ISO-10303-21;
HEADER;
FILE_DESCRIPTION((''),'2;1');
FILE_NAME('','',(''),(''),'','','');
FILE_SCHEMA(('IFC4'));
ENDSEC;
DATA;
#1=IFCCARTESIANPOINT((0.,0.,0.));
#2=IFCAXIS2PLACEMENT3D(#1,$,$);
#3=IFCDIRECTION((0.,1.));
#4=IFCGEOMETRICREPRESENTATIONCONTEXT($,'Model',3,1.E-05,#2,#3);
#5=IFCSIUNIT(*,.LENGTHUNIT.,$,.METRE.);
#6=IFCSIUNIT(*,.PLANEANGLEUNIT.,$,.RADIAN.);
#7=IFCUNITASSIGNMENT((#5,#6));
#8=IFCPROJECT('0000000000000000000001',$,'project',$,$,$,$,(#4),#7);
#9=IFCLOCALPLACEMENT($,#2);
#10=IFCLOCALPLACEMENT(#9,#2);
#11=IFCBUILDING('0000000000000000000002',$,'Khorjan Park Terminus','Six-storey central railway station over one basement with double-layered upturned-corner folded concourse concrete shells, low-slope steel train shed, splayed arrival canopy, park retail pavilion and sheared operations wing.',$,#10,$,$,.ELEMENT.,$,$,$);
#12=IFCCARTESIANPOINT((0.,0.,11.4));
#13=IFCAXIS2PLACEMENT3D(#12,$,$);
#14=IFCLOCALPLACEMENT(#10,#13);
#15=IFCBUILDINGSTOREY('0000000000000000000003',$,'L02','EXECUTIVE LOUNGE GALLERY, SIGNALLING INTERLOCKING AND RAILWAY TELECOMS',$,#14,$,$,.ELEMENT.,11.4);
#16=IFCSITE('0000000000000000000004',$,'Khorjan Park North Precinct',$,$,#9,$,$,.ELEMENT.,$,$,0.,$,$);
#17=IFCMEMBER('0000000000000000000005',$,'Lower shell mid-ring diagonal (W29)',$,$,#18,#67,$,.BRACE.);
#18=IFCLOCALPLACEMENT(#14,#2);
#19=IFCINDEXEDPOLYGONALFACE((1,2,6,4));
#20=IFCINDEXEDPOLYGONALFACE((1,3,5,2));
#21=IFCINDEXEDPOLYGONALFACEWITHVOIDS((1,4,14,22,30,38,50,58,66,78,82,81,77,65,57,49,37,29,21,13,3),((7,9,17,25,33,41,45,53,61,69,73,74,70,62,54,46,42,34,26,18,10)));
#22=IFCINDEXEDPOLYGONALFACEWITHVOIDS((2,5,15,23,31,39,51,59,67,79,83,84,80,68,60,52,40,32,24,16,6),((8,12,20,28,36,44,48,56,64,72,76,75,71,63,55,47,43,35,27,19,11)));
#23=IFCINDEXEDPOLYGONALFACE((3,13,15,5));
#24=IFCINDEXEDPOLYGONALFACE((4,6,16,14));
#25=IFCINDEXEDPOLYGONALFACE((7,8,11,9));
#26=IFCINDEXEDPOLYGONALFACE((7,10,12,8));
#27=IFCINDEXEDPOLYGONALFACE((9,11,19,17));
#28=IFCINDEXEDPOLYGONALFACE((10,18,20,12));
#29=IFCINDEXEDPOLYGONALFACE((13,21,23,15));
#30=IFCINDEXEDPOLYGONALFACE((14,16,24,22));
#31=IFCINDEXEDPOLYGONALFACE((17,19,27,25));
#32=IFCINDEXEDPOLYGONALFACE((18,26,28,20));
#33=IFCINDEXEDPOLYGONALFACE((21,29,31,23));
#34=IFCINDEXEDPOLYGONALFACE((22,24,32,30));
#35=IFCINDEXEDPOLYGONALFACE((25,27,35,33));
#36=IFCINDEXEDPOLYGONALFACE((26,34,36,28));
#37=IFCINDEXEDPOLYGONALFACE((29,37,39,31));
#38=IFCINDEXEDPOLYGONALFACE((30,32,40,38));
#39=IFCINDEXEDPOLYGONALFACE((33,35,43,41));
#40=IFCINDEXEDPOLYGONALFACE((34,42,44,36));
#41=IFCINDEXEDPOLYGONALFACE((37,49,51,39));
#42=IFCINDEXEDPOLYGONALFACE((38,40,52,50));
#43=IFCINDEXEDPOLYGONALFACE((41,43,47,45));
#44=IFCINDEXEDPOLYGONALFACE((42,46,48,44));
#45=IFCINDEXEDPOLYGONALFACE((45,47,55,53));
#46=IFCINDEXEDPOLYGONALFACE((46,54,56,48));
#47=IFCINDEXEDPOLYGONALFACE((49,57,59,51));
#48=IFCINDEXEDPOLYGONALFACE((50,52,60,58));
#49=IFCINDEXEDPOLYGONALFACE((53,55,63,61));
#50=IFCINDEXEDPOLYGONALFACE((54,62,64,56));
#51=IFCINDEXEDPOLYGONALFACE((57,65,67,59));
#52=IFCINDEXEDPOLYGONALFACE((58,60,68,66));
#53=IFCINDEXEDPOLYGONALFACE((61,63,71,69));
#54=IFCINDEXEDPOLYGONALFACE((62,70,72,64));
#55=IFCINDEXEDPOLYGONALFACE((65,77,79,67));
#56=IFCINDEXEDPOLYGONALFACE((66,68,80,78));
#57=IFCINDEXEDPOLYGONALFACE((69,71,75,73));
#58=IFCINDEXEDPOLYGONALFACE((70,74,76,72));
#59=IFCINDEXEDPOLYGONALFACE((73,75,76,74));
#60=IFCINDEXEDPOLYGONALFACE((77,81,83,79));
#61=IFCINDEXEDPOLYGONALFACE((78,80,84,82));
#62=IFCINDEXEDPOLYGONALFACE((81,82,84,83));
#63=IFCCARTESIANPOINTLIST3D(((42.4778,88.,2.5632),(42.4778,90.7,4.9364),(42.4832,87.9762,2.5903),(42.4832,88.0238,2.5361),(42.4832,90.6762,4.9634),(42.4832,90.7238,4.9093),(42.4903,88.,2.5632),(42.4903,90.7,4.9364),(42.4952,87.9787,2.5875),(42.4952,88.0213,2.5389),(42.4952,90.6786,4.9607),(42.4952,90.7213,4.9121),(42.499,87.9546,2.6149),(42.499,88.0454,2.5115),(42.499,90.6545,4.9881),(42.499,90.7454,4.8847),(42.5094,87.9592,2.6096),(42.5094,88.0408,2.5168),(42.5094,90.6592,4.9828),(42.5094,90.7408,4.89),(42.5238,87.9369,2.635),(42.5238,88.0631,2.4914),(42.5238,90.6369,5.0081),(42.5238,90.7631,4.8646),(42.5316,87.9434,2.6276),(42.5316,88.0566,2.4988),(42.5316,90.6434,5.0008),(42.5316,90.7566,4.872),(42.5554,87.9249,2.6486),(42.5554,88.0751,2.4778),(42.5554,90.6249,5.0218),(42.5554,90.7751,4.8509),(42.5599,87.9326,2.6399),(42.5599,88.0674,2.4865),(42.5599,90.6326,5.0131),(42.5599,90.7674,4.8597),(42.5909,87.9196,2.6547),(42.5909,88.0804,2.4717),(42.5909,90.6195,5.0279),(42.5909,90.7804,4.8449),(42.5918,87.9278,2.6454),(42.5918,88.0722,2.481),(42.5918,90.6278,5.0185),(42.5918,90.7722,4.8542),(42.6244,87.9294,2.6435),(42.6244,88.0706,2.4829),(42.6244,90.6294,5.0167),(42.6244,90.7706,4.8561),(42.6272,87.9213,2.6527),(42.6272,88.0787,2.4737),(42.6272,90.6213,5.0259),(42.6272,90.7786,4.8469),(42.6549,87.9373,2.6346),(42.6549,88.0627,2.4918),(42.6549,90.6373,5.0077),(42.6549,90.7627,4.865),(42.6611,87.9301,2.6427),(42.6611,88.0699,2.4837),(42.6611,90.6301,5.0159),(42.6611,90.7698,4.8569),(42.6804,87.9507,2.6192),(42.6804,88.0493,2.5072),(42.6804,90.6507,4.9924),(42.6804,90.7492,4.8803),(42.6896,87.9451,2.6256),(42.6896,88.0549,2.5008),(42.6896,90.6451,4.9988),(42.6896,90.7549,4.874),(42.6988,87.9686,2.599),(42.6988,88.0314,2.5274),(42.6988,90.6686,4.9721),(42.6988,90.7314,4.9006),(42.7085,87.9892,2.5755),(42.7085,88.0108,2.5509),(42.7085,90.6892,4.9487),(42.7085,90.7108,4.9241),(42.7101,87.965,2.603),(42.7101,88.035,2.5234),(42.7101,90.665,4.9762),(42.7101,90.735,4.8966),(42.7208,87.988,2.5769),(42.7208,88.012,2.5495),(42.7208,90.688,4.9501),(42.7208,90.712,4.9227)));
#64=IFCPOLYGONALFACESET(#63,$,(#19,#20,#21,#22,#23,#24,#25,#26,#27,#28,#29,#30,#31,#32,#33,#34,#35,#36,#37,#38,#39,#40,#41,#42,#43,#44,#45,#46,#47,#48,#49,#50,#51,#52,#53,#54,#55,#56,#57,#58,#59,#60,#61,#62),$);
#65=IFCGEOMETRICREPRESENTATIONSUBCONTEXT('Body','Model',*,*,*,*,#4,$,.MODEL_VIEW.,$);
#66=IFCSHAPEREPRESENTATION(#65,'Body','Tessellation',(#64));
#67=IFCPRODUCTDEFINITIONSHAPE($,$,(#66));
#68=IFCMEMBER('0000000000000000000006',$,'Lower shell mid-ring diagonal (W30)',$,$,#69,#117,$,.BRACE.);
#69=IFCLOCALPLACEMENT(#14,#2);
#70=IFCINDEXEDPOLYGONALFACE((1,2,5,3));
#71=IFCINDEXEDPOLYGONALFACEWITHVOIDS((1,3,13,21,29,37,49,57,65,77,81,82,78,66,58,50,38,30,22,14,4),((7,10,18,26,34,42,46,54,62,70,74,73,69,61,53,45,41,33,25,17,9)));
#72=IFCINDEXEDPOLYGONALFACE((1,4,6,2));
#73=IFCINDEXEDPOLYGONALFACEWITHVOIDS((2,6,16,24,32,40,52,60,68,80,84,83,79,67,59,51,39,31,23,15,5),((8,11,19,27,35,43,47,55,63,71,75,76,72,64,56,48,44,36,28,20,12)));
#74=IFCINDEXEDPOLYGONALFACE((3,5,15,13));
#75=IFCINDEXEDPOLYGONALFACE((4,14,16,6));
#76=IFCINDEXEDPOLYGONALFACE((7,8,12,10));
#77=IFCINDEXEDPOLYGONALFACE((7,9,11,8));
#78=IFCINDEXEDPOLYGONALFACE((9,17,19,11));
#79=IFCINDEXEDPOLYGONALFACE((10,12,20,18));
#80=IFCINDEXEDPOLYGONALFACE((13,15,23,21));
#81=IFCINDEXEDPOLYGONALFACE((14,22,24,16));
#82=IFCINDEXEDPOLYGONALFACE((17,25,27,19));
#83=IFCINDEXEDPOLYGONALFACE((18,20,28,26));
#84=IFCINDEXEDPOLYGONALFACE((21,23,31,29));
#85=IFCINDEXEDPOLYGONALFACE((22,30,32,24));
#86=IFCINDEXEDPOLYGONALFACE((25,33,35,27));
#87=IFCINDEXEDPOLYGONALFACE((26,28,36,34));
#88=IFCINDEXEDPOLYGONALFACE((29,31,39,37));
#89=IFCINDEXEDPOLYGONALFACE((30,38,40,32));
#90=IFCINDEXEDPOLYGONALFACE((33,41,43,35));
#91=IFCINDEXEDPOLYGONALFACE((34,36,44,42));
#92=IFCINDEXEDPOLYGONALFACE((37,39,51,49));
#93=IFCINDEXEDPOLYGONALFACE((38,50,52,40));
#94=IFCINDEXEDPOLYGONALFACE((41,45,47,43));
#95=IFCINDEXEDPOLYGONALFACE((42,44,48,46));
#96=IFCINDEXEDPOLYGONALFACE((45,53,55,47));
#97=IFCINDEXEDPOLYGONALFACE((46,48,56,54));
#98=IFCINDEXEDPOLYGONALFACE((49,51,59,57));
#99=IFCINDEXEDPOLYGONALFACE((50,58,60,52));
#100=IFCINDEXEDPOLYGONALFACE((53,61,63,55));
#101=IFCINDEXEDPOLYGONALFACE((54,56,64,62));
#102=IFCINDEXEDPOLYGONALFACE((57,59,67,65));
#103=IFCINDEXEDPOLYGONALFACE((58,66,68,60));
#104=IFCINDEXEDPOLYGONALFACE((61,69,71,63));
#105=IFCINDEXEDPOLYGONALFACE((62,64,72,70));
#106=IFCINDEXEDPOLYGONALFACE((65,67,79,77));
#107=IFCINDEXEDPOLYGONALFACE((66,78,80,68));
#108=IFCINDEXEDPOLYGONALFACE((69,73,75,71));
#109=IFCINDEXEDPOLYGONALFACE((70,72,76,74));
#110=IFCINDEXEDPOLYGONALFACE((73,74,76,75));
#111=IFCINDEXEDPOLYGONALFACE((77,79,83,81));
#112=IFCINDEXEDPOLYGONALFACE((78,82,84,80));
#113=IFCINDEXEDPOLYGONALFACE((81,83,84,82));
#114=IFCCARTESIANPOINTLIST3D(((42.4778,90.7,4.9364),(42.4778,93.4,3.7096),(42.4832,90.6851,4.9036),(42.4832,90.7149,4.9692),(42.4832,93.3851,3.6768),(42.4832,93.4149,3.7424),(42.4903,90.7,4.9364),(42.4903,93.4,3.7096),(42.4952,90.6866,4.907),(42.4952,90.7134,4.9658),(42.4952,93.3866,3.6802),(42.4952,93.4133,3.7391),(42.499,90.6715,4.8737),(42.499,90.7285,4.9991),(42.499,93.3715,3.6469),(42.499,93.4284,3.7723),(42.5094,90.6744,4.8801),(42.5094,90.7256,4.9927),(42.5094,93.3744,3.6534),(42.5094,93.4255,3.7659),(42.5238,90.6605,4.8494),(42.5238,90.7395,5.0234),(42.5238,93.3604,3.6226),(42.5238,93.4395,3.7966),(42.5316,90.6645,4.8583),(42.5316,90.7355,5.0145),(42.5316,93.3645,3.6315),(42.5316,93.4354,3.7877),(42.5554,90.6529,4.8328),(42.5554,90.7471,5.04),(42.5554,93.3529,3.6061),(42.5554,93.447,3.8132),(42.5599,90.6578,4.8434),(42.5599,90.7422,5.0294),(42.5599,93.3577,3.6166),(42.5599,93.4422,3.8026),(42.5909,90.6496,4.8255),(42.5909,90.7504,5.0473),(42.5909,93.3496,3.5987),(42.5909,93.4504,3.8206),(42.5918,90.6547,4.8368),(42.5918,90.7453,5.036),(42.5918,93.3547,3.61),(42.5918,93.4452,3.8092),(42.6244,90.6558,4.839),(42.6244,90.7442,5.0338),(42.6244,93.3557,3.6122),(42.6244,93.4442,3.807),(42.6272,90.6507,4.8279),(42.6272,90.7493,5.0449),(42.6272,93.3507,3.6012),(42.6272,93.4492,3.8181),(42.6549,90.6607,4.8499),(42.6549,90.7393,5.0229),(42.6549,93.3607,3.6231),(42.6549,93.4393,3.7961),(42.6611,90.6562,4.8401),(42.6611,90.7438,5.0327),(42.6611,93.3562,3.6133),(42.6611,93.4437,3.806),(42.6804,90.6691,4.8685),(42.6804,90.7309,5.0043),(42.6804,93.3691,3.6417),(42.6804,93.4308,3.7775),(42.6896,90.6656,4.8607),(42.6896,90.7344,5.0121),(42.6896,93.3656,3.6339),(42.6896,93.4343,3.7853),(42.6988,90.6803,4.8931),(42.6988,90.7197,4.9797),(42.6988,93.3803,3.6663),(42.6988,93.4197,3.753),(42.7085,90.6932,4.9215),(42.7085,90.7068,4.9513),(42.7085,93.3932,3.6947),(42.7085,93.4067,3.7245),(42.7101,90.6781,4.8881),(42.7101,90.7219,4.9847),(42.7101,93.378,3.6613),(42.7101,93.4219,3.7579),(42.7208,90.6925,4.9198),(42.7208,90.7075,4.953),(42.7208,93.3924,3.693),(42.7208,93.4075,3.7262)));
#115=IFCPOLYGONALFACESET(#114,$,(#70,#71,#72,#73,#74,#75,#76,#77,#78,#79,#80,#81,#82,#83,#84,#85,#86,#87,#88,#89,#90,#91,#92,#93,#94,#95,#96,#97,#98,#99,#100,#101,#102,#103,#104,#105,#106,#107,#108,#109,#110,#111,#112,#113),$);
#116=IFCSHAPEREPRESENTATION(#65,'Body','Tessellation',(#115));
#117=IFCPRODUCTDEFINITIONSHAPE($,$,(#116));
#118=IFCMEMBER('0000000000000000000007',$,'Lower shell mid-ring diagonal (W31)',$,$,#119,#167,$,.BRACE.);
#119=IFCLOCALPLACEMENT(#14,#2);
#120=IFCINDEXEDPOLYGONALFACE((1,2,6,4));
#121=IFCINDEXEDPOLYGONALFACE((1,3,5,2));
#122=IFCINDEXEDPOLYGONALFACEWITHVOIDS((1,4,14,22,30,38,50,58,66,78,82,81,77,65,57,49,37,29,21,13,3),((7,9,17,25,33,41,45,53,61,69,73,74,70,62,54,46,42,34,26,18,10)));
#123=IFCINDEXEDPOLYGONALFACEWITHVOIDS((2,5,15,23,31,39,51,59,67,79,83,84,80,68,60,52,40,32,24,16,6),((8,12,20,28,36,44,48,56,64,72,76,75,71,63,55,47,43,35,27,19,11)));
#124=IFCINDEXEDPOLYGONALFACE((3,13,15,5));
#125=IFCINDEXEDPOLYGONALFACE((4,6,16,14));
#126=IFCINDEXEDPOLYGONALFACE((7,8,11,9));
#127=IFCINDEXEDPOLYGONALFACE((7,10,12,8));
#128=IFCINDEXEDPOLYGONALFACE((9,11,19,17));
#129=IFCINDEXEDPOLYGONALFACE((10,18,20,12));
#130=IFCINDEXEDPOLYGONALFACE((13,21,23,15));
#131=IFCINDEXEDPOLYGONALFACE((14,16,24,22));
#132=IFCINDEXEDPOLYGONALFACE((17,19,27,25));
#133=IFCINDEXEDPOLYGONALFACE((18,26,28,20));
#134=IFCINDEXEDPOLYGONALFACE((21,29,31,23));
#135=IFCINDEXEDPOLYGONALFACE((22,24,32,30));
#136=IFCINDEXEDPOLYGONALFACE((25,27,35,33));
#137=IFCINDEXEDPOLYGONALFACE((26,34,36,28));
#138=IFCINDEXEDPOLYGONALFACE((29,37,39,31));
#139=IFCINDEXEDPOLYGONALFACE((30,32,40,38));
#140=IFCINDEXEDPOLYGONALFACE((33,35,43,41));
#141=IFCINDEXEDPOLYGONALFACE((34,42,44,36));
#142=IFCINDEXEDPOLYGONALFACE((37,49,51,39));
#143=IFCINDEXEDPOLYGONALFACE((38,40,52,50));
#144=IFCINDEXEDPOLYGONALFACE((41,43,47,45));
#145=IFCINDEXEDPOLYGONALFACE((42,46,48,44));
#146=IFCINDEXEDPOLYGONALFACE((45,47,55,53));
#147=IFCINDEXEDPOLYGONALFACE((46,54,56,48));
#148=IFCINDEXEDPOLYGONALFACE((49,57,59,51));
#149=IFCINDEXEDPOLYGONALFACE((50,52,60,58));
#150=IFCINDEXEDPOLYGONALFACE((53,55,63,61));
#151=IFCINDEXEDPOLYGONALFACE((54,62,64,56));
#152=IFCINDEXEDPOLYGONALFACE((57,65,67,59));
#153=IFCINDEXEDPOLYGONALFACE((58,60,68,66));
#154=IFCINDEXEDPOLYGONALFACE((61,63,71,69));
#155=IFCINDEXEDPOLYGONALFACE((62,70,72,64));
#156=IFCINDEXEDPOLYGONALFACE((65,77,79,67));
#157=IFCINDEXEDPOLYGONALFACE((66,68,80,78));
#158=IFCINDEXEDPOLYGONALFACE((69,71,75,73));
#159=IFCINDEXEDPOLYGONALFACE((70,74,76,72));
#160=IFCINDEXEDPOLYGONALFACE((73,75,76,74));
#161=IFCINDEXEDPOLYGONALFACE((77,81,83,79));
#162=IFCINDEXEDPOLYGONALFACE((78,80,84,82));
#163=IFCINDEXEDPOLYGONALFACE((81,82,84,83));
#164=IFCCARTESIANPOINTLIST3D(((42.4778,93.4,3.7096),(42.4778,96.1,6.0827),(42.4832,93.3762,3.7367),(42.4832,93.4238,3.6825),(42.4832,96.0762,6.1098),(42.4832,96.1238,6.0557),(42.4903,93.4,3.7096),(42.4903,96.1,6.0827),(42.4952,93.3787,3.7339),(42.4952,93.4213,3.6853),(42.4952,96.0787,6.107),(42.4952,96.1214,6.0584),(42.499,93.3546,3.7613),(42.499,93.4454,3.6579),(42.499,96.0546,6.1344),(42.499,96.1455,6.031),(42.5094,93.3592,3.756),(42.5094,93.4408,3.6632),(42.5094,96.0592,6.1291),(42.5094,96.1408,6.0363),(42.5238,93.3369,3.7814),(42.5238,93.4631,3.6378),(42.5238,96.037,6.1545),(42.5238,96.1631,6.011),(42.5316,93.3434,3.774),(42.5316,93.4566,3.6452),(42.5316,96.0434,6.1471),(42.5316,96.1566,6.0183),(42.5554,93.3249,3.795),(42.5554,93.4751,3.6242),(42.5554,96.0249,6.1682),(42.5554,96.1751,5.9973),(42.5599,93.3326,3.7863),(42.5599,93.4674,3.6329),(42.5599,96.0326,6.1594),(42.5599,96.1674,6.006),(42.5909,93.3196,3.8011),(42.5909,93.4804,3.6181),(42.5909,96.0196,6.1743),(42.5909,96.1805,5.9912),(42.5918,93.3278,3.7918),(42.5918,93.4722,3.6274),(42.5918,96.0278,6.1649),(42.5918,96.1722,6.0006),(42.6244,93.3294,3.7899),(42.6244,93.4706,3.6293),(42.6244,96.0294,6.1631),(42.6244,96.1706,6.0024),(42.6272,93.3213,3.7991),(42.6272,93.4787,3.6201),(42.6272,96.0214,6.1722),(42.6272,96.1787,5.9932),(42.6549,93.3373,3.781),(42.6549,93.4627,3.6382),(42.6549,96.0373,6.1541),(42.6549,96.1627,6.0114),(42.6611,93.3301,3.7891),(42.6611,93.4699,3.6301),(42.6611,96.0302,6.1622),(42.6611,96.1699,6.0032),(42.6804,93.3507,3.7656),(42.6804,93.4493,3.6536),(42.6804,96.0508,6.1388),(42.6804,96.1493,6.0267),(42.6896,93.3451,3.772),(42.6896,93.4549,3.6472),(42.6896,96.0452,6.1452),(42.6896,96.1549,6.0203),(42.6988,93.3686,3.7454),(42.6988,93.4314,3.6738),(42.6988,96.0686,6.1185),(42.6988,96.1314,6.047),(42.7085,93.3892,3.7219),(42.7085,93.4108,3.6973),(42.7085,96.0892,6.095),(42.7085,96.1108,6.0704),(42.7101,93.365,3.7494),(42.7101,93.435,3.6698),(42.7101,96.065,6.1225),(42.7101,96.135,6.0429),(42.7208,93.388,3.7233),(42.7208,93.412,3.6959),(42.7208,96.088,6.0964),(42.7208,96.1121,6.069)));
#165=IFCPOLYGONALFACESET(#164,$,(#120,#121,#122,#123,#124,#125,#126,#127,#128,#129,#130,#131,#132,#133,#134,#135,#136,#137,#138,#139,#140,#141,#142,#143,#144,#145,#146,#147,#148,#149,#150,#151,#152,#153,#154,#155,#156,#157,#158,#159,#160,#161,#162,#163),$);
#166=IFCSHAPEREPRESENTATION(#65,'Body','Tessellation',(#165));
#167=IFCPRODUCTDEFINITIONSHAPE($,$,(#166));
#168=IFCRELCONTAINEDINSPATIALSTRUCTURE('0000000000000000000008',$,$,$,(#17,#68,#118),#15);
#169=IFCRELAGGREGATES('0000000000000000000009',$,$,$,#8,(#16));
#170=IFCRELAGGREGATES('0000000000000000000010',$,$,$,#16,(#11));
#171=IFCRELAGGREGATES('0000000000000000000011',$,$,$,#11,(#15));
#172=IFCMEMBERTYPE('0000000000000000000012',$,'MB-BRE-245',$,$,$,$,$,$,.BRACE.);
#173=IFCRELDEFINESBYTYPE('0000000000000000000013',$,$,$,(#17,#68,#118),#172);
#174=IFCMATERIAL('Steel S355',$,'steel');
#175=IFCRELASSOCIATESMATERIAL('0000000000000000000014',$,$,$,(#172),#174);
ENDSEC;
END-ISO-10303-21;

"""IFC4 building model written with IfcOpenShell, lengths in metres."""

from ifc_helpers import new_model, si_unit, direction, frame, origin, origin_2d, place, context, subcontext, project, spatial, hollow_circle, extrude, material, material_profile, profile_set, type_object, element, save


model = new_model("IFC4")

# Units and contexts
model_context = context("Model", 3, precision=1e-05, world=origin(), true_north=direction((0.0, 1.0)))
body_context = subcontext(model_context, "Body", "Model", "MODEL_VIEW")
ifc_project = project(units=[si_unit("LENGTHUNIT", "METRE"), si_unit("PLANEANGLEUNIT", "RADIAN")], contexts=[model_context])

# Site, building, storey
site_placement = place(None, origin())
site = spatial("IfcSite", under=ifc_project, at=site_placement, Name="Khorjan Park North Precinct", CompositionType="ELEMENT", RefElevation=0.0)
building_placement = place(site_placement, origin())
building = spatial("IfcBuilding", under=site, at=building_placement, Name="Khorjan Park Terminus", Description="Six-storey central railway station over one basement with double-layered upturned-corner folded concourse concrete shells, low-slope steel train shed, splayed arrival canopy, park retail pavilion and sheared operations wing.", CompositionType="ELEMENT")
storey_placement = place(building_placement, frame((0.0, 0.0, 11.4)))
storey = spatial("IfcBuildingStorey", under=building, at=storey_placement, Name="L02", Description="EXECUTIVE LOUNGE GALLERY, SIGNALLING INTERLOCKING AND RAILWAY TELECOMS", CompositionType="ELEMENT", Elevation=11.4)

# Members
ifc_material_1 = material(Name="Steel S355", Category="steel")
ifc_material_profile_1 = material_profile(ifc_material_1, hollow_circle(Radius=0.1222, WallThickness=0.0125, at=origin_2d()), Name="CHS 244.5x12.5")
ifc_profile_set_1 = profile_set([ifc_material_profile_1], Name="Steel S355")
member_type_1 = type_object("IfcMemberType", Name="MB-BRE-245", PredefinedType="BRACE", material=ifc_profile_set_1)
member_1_placement = place(storey_placement, frame((42.6, 88.0, 2.5632), z_axis=(0.0, 0.7511, 0.660189), x_axis=(-1.0, 0.0, 0.0)))
element("IfcMember", 1, at=member_1_placement, inside=storey, type_object=member_type_1, Name="Lower shell mid-ring diagonal (W29)", PredefinedType="BRACE", context=body_context, shape_type="SweptSolid", body=[
    extrude(hollow_circle(Radius=0.1222, WallThickness=0.0125, at=origin_2d()), origin(), (0.0, 0.0, 1.0), 3.5947),
])
member_2_placement = place(storey_placement, frame((42.6, 90.7, 4.9364), z_axis=(0.0, 0.910427, -0.413671), x_axis=(-1.0, 0.0, 0.0)))
element("IfcMember", 2, at=member_2_placement, inside=storey, type_object=member_type_1, Name="Lower shell mid-ring diagonal (W30)", PredefinedType="BRACE", context=body_context, shape_type="SweptSolid", body=[
    extrude(hollow_circle(Radius=0.1222, WallThickness=0.0125, at=origin_2d()), origin(), (0.0, 0.0, 1.0), 2.9656),
])
member_3_placement = place(storey_placement, frame((42.6, 93.4, 3.7096), z_axis=(0.0, 0.751113, 0.660173), x_axis=(-1.0, 0.0, 0.0)))
element("IfcMember", 3, at=member_3_placement, inside=storey, type_object=member_type_1, Name="Lower shell mid-ring diagonal (W31)", PredefinedType="BRACE", context=body_context, shape_type="SweptSolid", body=[
    extrude(hollow_circle(Radius=0.1222, WallThickness=0.0125, at=origin_2d()), origin(), (0.0, 0.0, 1.0), 3.5947),
])

save(model, "model.ifc")
